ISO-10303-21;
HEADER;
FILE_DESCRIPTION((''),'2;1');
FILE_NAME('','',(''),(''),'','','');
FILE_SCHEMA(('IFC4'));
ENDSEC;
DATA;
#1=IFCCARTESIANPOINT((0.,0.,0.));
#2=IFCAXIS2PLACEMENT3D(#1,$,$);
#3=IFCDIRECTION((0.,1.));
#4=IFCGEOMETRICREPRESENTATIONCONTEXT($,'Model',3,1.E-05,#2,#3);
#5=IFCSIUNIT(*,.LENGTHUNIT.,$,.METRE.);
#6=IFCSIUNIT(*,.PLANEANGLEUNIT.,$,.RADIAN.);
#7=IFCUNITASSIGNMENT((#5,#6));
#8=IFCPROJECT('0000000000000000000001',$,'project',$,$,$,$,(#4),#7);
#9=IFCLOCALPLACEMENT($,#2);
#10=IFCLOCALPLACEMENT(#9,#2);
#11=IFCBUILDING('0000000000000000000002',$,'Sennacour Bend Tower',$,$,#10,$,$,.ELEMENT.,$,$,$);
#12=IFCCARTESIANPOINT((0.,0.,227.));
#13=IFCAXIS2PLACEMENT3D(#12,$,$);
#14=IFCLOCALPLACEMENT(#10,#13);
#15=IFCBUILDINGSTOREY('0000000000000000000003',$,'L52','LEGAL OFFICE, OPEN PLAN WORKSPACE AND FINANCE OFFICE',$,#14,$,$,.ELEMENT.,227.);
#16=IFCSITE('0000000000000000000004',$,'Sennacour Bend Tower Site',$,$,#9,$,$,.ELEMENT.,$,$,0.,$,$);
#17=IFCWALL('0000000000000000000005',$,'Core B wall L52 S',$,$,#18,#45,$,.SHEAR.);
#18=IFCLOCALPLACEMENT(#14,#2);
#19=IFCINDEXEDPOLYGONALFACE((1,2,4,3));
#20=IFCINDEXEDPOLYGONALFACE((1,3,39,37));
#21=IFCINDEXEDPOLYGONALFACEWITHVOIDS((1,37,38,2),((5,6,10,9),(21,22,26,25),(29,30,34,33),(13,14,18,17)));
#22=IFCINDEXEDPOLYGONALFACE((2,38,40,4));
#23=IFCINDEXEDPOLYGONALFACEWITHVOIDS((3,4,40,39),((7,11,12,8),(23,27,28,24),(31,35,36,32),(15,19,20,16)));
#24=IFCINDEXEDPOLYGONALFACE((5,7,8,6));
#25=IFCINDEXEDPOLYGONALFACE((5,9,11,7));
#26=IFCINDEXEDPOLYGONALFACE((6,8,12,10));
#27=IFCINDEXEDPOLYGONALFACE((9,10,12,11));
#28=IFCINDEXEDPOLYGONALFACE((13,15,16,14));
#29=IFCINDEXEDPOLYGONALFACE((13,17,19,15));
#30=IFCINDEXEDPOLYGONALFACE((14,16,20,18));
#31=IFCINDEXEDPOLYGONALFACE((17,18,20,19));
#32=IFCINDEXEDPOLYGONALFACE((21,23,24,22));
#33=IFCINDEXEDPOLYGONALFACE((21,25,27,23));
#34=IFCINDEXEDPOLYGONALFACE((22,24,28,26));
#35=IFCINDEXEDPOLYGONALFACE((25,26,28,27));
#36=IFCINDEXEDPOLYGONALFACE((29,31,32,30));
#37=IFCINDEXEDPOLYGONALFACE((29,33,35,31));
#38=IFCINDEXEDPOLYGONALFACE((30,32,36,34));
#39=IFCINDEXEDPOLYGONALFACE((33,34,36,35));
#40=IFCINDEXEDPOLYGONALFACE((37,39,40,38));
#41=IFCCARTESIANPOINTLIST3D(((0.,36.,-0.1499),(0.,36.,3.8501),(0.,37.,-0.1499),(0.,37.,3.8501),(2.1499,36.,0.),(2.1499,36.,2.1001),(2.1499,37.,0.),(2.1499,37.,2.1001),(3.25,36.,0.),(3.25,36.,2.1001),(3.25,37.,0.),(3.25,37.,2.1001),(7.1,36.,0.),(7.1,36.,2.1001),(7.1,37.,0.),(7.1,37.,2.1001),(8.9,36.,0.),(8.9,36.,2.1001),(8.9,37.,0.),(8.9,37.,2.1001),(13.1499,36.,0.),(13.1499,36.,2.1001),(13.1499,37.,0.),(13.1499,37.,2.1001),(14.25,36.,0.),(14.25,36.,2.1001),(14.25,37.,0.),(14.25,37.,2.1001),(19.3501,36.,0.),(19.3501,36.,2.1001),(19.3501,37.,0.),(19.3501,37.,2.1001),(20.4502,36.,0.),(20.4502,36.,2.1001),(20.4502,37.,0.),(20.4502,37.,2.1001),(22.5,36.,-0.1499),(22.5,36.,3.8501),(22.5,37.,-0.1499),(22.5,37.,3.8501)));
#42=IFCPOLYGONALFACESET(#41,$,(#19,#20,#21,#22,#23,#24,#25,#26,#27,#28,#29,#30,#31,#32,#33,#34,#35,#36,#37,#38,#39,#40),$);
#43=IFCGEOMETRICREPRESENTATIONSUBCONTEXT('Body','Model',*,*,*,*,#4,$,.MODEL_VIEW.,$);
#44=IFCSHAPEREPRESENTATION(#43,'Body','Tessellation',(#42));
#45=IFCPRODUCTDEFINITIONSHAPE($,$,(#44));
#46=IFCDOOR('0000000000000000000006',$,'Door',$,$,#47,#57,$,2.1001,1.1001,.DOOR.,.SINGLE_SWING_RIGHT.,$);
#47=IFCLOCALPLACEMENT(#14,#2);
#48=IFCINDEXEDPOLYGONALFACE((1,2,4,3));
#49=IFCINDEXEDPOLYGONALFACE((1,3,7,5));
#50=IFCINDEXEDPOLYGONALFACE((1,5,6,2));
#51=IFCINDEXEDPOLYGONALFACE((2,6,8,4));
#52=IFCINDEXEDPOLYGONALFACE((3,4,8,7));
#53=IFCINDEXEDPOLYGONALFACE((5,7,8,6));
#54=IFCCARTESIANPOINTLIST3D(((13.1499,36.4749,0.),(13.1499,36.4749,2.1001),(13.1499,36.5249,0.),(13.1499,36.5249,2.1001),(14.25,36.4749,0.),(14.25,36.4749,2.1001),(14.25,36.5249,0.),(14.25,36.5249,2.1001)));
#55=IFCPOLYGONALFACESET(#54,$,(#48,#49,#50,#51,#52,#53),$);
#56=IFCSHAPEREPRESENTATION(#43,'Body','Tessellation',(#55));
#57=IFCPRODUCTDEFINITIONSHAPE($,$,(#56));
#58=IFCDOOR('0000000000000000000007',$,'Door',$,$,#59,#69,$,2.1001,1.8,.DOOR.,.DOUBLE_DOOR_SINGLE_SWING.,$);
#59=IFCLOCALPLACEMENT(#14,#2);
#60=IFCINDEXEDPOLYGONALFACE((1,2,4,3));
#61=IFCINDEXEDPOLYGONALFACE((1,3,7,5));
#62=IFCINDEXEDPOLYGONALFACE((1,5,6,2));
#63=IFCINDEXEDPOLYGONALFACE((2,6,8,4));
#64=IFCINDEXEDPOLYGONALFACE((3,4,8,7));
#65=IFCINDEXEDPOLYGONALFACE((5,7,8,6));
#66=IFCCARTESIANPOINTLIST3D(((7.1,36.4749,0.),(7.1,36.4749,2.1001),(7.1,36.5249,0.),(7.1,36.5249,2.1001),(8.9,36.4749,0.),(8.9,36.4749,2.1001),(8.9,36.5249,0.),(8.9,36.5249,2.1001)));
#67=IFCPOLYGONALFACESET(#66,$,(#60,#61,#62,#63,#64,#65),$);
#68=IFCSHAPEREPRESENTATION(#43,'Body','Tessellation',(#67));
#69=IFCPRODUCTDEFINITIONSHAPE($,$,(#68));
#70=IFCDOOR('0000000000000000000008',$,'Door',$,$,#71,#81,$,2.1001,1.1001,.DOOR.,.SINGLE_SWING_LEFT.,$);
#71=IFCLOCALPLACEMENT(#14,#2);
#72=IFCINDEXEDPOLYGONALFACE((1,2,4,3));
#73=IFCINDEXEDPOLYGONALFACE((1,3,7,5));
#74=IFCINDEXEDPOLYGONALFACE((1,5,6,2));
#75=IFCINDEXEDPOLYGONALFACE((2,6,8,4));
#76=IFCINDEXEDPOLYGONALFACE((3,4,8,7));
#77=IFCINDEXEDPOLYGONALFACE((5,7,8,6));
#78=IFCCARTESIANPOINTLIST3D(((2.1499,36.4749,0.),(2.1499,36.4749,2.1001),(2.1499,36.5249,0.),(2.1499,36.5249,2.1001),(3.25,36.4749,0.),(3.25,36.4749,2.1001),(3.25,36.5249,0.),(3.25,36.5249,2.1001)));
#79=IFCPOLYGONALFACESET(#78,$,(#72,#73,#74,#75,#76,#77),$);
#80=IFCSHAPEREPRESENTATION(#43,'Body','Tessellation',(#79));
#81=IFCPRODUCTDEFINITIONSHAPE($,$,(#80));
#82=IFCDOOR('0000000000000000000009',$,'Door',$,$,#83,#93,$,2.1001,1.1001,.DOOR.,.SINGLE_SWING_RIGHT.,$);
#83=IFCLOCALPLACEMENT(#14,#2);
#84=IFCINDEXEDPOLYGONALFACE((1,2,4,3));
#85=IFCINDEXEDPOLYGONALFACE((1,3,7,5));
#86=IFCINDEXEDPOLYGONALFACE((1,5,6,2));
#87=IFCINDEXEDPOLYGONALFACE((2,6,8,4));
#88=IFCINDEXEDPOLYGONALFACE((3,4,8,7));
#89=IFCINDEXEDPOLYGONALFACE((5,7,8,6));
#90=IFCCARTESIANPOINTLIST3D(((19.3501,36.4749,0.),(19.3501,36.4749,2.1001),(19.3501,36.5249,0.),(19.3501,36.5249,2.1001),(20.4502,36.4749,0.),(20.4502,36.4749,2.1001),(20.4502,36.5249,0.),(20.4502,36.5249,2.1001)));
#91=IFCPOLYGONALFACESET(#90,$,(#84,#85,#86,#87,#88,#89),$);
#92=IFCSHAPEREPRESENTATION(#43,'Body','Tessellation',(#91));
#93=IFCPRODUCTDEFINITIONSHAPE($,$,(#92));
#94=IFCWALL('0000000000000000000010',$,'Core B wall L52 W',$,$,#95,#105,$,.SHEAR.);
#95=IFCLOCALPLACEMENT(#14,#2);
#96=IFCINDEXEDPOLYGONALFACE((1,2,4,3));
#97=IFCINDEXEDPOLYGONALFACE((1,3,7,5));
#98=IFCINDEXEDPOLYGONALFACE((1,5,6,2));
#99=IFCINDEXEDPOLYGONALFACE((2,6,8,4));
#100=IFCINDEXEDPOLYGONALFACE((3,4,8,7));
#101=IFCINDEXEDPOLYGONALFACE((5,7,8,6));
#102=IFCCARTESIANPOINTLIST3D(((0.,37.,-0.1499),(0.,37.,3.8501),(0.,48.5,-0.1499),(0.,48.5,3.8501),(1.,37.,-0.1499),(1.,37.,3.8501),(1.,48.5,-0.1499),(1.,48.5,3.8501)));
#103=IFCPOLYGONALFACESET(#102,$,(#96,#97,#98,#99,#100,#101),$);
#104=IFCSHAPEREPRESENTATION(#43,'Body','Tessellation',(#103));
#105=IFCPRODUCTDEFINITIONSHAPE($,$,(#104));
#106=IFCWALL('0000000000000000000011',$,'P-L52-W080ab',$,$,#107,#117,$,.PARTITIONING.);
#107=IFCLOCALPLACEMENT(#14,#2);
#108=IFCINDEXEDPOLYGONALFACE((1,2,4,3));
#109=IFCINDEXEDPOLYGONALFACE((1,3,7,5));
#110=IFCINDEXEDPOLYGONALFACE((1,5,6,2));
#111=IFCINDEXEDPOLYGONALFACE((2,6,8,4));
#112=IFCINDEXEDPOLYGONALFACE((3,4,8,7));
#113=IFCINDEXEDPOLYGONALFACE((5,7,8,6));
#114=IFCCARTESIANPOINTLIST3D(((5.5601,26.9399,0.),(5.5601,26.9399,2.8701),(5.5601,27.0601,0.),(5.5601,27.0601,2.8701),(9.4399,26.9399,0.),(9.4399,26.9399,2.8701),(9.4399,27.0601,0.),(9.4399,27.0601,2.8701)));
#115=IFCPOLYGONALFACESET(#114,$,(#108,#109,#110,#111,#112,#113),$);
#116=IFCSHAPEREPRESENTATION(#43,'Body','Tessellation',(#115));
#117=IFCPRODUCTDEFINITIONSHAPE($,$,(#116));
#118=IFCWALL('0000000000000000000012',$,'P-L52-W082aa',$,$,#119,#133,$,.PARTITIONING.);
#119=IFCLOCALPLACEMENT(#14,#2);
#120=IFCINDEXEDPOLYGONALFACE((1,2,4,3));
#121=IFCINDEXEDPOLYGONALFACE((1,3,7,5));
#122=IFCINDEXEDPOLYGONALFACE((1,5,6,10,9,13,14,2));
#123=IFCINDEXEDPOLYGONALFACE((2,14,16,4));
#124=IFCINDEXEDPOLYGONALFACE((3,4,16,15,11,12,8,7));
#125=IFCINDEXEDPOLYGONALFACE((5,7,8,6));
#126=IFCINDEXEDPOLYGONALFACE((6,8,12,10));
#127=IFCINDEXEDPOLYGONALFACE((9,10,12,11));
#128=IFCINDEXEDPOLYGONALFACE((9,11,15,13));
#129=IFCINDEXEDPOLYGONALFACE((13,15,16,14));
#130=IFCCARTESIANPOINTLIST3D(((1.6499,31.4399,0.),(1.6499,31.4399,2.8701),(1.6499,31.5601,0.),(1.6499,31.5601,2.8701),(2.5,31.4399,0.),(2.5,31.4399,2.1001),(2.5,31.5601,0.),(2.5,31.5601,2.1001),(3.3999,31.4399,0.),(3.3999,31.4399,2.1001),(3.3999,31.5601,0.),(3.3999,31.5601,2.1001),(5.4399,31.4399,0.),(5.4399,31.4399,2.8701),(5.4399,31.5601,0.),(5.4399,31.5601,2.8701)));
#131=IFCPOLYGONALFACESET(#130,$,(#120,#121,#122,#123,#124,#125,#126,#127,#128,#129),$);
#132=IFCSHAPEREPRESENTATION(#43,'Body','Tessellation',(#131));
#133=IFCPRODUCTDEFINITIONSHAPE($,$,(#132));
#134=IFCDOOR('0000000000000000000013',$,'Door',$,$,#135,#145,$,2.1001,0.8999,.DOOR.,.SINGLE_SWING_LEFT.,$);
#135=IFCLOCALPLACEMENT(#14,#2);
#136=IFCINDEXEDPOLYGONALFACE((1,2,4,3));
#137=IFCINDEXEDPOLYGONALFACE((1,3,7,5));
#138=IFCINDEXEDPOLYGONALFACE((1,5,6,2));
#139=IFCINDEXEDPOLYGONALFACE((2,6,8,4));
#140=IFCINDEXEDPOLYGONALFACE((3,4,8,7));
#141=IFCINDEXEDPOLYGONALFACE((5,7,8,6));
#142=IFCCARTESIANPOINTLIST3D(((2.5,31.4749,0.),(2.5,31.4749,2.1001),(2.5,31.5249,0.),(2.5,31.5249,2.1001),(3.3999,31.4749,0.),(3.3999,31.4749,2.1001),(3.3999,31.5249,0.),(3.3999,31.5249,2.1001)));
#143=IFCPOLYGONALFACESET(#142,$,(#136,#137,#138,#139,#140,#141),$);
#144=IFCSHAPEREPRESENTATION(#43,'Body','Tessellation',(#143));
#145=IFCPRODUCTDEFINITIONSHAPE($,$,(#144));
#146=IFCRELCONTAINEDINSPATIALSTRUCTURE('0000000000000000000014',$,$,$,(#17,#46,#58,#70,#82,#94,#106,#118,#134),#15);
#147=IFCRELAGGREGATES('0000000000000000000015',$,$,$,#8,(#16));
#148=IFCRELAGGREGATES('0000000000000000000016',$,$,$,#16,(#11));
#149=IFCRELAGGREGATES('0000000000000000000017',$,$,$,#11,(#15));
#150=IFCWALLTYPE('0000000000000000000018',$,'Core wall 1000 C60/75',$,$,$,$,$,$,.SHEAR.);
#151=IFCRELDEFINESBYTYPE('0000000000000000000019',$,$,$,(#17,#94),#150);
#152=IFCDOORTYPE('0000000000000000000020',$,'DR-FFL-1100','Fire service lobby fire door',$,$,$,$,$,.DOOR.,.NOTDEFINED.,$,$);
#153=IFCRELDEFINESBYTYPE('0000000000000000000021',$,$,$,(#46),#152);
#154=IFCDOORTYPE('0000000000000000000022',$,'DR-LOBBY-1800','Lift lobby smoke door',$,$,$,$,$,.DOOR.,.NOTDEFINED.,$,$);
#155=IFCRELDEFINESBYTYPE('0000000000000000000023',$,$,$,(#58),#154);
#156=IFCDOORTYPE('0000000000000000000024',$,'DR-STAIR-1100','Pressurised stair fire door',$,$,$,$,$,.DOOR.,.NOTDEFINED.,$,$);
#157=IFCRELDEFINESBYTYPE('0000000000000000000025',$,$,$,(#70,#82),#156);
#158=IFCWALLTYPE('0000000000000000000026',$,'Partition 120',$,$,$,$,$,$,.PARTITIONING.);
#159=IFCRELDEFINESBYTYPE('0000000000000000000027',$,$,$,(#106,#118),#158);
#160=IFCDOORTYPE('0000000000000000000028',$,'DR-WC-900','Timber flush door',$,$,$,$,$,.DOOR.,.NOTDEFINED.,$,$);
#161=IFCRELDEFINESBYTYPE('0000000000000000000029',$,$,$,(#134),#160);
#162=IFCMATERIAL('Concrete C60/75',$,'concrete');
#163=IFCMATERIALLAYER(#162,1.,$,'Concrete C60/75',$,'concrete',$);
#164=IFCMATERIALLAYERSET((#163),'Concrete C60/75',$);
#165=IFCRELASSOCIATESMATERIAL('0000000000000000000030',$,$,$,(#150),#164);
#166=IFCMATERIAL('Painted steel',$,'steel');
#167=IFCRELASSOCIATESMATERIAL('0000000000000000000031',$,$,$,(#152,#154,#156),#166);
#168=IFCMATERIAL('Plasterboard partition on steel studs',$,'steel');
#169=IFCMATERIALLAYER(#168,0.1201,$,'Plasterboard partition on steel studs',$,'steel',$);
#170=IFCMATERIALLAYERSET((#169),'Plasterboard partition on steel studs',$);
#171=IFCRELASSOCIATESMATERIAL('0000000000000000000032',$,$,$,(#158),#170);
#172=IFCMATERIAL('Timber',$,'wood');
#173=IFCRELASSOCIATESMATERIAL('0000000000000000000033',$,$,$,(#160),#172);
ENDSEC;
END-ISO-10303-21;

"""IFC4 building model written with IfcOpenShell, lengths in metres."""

from ifc_helpers import new_model, si_unit, direction, frame, frame_2d, origin, place, context, subcontext, project, spatial, rectangle, extrude, material, layer, layer_set, type_object, element, fill, save


model = new_model("IFC4")

# Units and contexts
model_context = context("Model", 3, precision=1e-05, world=origin(), true_north=direction((0.0, 1.0)))
body_context = subcontext(model_context, "Body", "Model", "MODEL_VIEW")
ifc_project = project(units=[si_unit("LENGTHUNIT", "METRE"), si_unit("PLANEANGLEUNIT", "RADIAN")], contexts=[model_context])

# Site, building, storey
site_placement = place(None, origin())
site = spatial("IfcSite", under=ifc_project, at=site_placement, Name="Sennacour Bend Tower Site", CompositionType="ELEMENT", RefElevation=0.0)
building_placement = place(site_placement, origin())
building = spatial("IfcBuilding", under=site, at=building_placement, Name="Sennacour Bend Tower", CompositionType="ELEMENT")
storey_placement = place(building_placement, frame((0.0, 0.0, 227.0)))
storey = spatial("IfcBuildingStorey", under=building, at=storey_placement, Name="L52", Description="LEGAL OFFICE, OPEN PLAN WORKSPACE AND FINANCE OFFICE", CompositionType="ELEMENT", Elevation=227.0)

# Wall, openings, doors
ifc_material_1 = material(Name="Concrete C60/75", Category="concrete")
ifc_layer_1 = layer(ifc_material_1, 1.0, Name="Concrete C60/75", Category="concrete")
ifc_layer_set_1 = layer_set([ifc_layer_1], Name="Concrete C60/75")
wall_type_1 = type_object("IfcWallType", Name="Core wall 1000 C60/75", PredefinedType="SHEAR", material=ifc_layer_set_1)
wall_1_placement = place(storey_placement, frame((0.0, 36.5, -0.1499), z_axis=(0.0, 0.0, 1.0), x_axis=(1.0, 0.0, 0.0)))
wall_1 = element("IfcWall", 1, at=wall_1_placement, inside=storey, type_object=wall_type_1, Name="Core B wall L52 S", PredefinedType="SHEAR", context=body_context, shape_type="SweptSolid", body=[
    extrude(rectangle(XDim=22.5, YDim=1.0, at=frame_2d((11.25, 0.0))), origin(), (0.0, 0.0, 1.0), 4.0),
])
opening_1_placement = place(wall_1_placement, frame((7.1001, 0.0, 0.1499)))
opening_1 = element("IfcOpeningElement", 2, at=opening_1_placement, cuts=wall_1, PredefinedType="OPENING", context=body_context, shape_type="SweptSolid", body=[
    extrude(rectangle(XDim=1.8, YDim=2.1001, at=frame_2d((0.8999, 1.05))), frame((0.0, 0.51, 0.0), z_axis=(0.0, -1.0, 0.0), x_axis=(1.0, 0.0, 0.0)), (0.0, 0.0, 1.0), 1.02),
])
opening_2_placement = place(wall_1_placement, frame((13.1499, 0.0, 0.1499)))
opening_2 = element("IfcOpeningElement", 3, at=opening_2_placement, cuts=wall_1, PredefinedType="OPENING", context=body_context, shape_type="SweptSolid", body=[
    extrude(rectangle(XDim=1.1001, YDim=2.1001, at=frame_2d((0.55, 1.05))), frame((0.0, 0.51, 0.0), z_axis=(0.0, -1.0, 0.0), x_axis=(1.0, 0.0, 0.0)), (0.0, 0.0, 1.0), 1.02),
])
opening_3_placement = place(wall_1_placement, frame((2.1499, 0.0, 0.1499)))
opening_3 = element("IfcOpeningElement", 4, at=opening_3_placement, cuts=wall_1, PredefinedType="OPENING", context=body_context, shape_type="SweptSolid", body=[
    extrude(rectangle(XDim=1.1001, YDim=2.1001, at=frame_2d((0.55, 1.05))), frame((0.0, 0.51, 0.0), z_axis=(0.0, -1.0, 0.0), x_axis=(1.0, 0.0, 0.0)), (0.0, 0.0, 1.0), 1.02),
])
opening_4_placement = place(wall_1_placement, frame((19.3501, 0.0, 0.1499)))
opening_4 = element("IfcOpeningElement", 5, at=opening_4_placement, cuts=wall_1, PredefinedType="OPENING", context=body_context, shape_type="SweptSolid", body=[
    extrude(rectangle(XDim=1.1001, YDim=2.1001, at=frame_2d((0.55, 1.05))), frame((0.0, 0.51, 0.0), z_axis=(0.0, -1.0, 0.0), x_axis=(1.0, 0.0, 0.0)), (0.0, 0.0, 1.0), 1.02),
])
ifc_material_2 = material(Name="Painted steel", Category="steel")
door_type_1 = type_object("IfcDoorType", Name="DR-FFL-1100", Description="Fire service lobby fire door", OperationType="NOTDEFINED", PredefinedType="DOOR", material=ifc_material_2)
door_1_placement = place(opening_2_placement, origin())
door_1 = element("IfcDoor", 6, at=door_1_placement, inside=storey, type_object=door_type_1, Name="Door", OperationType="SINGLE_SWING_RIGHT", OverallHeight=2.1001, OverallWidth=1.1001, PredefinedType="DOOR", context=body_context, shape_type="SweptSolid", body=[
    extrude(rectangle(XDim=1.1001, YDim=2.1001, at=frame_2d((0.55, 1.05))), frame((0.0, 0.0249, 0.0), z_axis=(0.0, -1.0, 0.0), x_axis=(1.0, 0.0, 0.0)), (0.0, 0.0, 1.0), 0.05),
])
fill(opening_2, door_1)
door_type_2 = type_object("IfcDoorType", Name="DR-LOBBY-1800", Description="Lift lobby smoke door", OperationType="NOTDEFINED", PredefinedType="DOOR", material=ifc_material_2)
door_2_placement = place(opening_1_placement, origin())
door_2 = element("IfcDoor", 7, at=door_2_placement, inside=storey, type_object=door_type_2, Name="Door", OperationType="DOUBLE_DOOR_SINGLE_SWING", OverallHeight=2.1001, OverallWidth=1.8, PredefinedType="DOOR", context=body_context, shape_type="SweptSolid", body=[
    extrude(rectangle(XDim=1.8, YDim=2.1001, at=frame_2d((0.8999, 1.05))), frame((0.0, 0.0249, 0.0), z_axis=(0.0, -1.0, 0.0), x_axis=(1.0, 0.0, 0.0)), (0.0, 0.0, 1.0), 0.05),
])
fill(opening_1, door_2)
door_type_3 = type_object("IfcDoorType", Name="DR-STAIR-1100", Description="Pressurised stair fire door", OperationType="NOTDEFINED", PredefinedType="DOOR", material=ifc_material_2)
door_3_placement = place(opening_3_placement, origin())
door_3 = element("IfcDoor", 8, at=door_3_placement, inside=storey, type_object=door_type_3, Name="Door", OperationType="SINGLE_SWING_LEFT", OverallHeight=2.1001, OverallWidth=1.1001, PredefinedType="DOOR", context=body_context, shape_type="SweptSolid", body=[
    extrude(rectangle(XDim=1.1001, YDim=2.1001, at=frame_2d((0.55, 1.05))), frame((0.0, 0.0249, 0.0), z_axis=(0.0, -1.0, 0.0), x_axis=(1.0, 0.0, 0.0)), (0.0, 0.0, 1.0), 0.05),
])
fill(opening_3, door_3)
door_4_placement = place(opening_4_placement, origin())
door_4 = element("IfcDoor", 9, at=door_4_placement, inside=storey, type_object=door_type_3, Name="Door", OperationType="SINGLE_SWING_RIGHT", OverallHeight=2.1001, OverallWidth=1.1001, PredefinedType="DOOR", context=body_context, shape_type="SweptSolid", body=[
    extrude(rectangle(XDim=1.1001, YDim=2.1001, at=frame_2d((0.55, 1.05))), frame((0.0, 0.0249, 0.0), z_axis=(0.0, -1.0, 0.0), x_axis=(1.0, 0.0, 0.0)), (0.0, 0.0, 1.0), 0.05),
])
fill(opening_4, door_4)

# Walls
wall_2_placement = place(storey_placement, frame((0.5, 37.0, -0.1499), z_axis=(0.0, 0.0, 1.0), x_axis=(0.0, 1.0, 0.0)))
element("IfcWall", 10, at=wall_2_placement, inside=storey, type_object=wall_type_1, Name="Core B wall L52 W", PredefinedType="SHEAR", context=body_context, shape_type="SweptSolid", body=[
    extrude(rectangle(XDim=11.5, YDim=1.0, at=frame_2d((5.75, 0.0))), origin(), (0.0, 0.0, 1.0), 4.0),
])
ifc_material_3 = material(Name="Plasterboard partition on steel studs", Category="steel")
ifc_layer_2 = layer(ifc_material_3, 0.1201, Name="Plasterboard partition on steel studs", Category="steel")
ifc_layer_set_2 = layer_set([ifc_layer_2], Name="Plasterboard partition on steel studs")
wall_type_2 = type_object("IfcWallType", Name="Partition 120", PredefinedType="PARTITIONING", material=ifc_layer_set_2)
wall_3_placement = place(storey_placement, frame((5.5601, 27.0, 0.0), z_axis=(0.0, 0.0, 1.0), x_axis=(1.0, 0.0, 0.0)))
element("IfcWall", 11, at=wall_3_placement, inside=storey, type_object=wall_type_2, Name="P-L52-W080ab", PredefinedType="PARTITIONING", context=body_context, shape_type="SweptSolid", body=[
    extrude(rectangle(XDim=3.8799, YDim=0.1201, at=frame_2d((1.9399, 0.0))), origin(), (0.0, 0.0, 1.0), 2.8701),
])

# Wall, opening, door
wall_4_placement = place(storey_placement, frame((1.6499, 31.5, 0.0), z_axis=(0.0, 0.0, 1.0), x_axis=(1.0, 0.0, 0.0)))
wall_4 = element("IfcWall", 12, at=wall_4_placement, inside=storey, type_object=wall_type_2, Name="P-L52-W082aa", PredefinedType="PARTITIONING", context=body_context, shape_type="SweptSolid", body=[
    extrude(rectangle(XDim=3.79, YDim=0.1201, at=frame_2d((1.895, 0.0))), origin(), (0.0, 0.0, 1.0), 2.8701),
])
opening_5_placement = place(wall_4_placement, frame((0.8501, 0.0, 0.0)))
opening_5 = element("IfcOpeningElement", 13, at=opening_5_placement, cuts=wall_4, PredefinedType="OPENING", context=body_context, shape_type="SweptSolid", body=[
    extrude(rectangle(XDim=0.8999, YDim=2.1001, at=frame_2d((0.45, 1.05))), frame((0.0, 0.0701, 0.0), z_axis=(0.0, -1.0, 0.0), x_axis=(1.0, 0.0, 0.0)), (0.0, 0.0, 1.0), 0.1401),
])
ifc_material_4 = material(Name="Timber", Category="wood")
door_type_4 = type_object("IfcDoorType", Name="DR-WC-900", Description="Timber flush door", OperationType="NOTDEFINED", PredefinedType="DOOR", material=ifc_material_4)
door_5_placement = place(opening_5_placement, origin())
door_5 = element("IfcDoor", 14, at=door_5_placement, inside=storey, type_object=door_type_4, Name="Door", OperationType="SINGLE_SWING_LEFT", OverallHeight=2.1001, OverallWidth=0.8999, PredefinedType="DOOR", context=body_context, shape_type="SweptSolid", body=[
    extrude(rectangle(XDim=0.8999, YDim=2.1001, at=frame_2d((0.45, 1.05))), frame((0.0, 0.0249, 0.0), z_axis=(0.0, -1.0, 0.0), x_axis=(1.0, 0.0, 0.0)), (0.0, 0.0, 1.0), 0.05),
])
fill(opening_5, door_5)

save(model, "model.ifc")
